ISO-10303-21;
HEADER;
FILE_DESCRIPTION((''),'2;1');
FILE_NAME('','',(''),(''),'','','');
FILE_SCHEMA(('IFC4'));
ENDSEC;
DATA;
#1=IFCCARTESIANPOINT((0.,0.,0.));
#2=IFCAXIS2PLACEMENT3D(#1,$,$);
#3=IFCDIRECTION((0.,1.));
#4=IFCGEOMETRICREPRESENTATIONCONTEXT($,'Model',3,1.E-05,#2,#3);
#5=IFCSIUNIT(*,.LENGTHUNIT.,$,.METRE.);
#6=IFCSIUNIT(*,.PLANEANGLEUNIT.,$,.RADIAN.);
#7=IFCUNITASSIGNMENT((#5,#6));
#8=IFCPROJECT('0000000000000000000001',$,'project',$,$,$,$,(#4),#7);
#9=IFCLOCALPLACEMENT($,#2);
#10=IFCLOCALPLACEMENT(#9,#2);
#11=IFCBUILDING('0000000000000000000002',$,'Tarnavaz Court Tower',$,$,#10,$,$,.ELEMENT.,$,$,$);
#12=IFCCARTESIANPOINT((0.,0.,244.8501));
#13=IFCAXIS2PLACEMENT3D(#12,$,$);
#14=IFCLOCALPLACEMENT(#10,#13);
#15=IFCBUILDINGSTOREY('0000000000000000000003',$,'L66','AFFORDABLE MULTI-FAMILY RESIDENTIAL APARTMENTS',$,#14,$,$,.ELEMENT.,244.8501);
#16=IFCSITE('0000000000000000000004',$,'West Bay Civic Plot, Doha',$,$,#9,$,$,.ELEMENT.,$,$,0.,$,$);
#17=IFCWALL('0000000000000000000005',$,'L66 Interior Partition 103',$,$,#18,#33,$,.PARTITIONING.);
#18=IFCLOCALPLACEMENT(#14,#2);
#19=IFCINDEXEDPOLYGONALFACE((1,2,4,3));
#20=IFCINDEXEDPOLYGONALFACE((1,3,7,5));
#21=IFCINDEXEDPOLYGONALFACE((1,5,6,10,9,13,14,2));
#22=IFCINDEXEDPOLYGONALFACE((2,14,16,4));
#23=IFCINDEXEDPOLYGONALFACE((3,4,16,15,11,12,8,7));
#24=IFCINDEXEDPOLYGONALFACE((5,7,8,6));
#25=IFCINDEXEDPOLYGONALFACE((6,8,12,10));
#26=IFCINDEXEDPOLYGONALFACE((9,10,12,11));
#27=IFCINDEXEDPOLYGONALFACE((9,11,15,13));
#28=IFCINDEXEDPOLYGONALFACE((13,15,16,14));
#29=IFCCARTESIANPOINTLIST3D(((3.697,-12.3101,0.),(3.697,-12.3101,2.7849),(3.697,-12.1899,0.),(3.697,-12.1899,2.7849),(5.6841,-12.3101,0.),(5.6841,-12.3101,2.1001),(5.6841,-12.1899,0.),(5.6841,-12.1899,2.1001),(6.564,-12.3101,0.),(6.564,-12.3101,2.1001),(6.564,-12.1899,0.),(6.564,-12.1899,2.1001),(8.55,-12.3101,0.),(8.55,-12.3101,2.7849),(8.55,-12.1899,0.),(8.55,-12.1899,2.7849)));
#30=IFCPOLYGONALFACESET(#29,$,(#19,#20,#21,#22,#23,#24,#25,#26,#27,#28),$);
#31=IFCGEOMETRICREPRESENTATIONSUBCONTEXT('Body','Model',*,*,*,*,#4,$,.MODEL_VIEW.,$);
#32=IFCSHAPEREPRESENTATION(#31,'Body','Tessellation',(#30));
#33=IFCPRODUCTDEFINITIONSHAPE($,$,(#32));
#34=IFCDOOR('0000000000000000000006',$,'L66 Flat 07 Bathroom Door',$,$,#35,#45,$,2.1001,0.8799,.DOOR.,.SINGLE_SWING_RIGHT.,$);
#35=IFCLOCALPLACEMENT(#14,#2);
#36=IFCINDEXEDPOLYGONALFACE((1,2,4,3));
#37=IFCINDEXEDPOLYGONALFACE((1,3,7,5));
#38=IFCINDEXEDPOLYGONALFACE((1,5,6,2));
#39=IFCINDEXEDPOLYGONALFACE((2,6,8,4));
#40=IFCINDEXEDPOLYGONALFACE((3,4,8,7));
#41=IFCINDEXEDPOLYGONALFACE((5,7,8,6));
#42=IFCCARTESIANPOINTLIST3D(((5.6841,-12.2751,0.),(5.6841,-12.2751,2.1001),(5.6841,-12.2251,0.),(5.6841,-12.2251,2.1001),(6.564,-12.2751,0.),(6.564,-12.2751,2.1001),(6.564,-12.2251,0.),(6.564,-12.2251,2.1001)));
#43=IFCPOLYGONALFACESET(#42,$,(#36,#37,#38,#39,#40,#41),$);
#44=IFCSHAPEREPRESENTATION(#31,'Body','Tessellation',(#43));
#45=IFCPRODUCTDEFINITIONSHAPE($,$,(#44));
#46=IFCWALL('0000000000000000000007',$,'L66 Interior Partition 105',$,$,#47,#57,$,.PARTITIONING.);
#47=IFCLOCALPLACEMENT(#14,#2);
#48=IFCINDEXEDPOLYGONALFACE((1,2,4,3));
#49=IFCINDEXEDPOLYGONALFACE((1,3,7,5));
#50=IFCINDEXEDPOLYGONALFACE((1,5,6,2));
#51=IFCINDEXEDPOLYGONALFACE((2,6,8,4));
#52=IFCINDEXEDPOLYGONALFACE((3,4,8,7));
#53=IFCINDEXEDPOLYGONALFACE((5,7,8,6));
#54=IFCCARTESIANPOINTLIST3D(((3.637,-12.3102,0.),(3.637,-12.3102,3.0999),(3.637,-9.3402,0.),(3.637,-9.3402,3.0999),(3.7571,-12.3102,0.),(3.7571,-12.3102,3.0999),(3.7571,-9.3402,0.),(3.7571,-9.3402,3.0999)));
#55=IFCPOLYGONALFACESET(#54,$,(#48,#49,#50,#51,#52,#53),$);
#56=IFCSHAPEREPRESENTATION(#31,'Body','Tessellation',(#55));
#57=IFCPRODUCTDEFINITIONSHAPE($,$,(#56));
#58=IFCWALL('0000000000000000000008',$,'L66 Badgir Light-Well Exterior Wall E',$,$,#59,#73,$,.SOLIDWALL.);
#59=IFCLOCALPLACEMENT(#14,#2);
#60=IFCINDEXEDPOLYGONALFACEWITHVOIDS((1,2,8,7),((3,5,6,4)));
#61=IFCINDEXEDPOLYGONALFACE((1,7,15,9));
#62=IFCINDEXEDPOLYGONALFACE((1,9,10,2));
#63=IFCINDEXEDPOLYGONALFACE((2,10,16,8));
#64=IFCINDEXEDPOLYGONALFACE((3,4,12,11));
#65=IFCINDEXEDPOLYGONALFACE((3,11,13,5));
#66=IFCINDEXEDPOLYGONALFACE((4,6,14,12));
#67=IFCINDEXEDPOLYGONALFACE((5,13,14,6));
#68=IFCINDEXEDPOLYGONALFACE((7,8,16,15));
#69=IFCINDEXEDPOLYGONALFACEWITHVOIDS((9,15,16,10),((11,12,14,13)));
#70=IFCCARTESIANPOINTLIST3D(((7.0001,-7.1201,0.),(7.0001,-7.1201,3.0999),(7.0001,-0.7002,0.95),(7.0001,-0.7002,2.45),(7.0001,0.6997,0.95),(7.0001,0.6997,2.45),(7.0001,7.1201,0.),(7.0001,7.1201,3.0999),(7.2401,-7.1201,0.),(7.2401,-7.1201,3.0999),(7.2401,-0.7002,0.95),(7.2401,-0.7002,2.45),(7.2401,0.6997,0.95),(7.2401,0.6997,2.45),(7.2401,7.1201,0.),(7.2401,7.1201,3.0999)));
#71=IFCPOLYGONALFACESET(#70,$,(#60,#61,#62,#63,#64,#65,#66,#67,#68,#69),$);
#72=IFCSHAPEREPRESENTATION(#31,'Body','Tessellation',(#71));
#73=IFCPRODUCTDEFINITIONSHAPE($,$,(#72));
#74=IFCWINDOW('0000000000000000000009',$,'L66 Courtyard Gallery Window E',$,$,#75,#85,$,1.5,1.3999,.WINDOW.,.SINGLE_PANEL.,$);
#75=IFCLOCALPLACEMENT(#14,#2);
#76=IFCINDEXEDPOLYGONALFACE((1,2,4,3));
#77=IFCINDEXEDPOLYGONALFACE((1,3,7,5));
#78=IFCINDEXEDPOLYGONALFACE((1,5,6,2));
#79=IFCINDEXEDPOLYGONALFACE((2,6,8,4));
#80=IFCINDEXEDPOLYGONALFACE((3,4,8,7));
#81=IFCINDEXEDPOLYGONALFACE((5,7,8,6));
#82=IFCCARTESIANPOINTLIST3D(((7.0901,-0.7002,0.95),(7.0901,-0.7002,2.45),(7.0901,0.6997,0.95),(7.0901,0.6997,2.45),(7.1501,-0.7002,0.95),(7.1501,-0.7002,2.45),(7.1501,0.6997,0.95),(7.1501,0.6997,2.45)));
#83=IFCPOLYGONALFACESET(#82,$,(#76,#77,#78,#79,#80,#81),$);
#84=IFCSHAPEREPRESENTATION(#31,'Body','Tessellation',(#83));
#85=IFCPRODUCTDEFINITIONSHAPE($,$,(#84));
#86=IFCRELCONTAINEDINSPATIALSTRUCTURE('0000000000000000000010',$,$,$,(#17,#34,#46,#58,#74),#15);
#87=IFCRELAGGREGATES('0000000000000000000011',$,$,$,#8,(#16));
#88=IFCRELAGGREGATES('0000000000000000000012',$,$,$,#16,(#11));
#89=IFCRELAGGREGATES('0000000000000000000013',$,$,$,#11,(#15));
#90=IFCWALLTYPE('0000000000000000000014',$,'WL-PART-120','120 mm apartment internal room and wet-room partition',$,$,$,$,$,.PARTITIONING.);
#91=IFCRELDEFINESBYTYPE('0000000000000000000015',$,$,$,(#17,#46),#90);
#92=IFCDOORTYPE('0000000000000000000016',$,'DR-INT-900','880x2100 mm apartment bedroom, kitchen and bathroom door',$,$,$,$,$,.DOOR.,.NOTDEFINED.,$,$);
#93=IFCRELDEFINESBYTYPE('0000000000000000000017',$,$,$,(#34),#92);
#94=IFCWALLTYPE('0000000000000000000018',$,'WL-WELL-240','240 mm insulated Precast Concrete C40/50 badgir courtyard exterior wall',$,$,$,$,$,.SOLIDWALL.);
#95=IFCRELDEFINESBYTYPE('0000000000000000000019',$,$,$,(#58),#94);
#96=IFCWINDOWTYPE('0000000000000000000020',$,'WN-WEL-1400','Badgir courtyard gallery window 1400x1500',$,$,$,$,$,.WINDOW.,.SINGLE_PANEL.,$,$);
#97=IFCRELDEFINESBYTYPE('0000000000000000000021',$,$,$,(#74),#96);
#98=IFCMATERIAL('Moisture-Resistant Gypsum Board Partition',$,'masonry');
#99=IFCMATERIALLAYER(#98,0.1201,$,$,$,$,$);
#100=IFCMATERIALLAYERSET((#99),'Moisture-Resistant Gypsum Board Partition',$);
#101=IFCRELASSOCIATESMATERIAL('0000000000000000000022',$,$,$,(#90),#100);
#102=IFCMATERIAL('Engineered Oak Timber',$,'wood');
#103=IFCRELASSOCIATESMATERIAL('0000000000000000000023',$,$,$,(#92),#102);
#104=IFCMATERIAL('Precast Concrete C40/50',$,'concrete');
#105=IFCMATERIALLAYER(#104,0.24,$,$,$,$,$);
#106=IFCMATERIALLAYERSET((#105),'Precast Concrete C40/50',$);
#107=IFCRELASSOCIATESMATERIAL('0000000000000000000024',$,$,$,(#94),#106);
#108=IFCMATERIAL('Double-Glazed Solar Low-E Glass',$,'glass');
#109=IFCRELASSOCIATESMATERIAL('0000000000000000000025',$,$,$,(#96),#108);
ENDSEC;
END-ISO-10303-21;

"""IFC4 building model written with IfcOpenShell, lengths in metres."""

from ifc_helpers import new_model, si_unit, direction, frame, frame_2d, origin, place, context, subcontext, project, spatial, rectangle, extrude, material, layer, layer_set, type_object, element, fill, save


model = new_model("IFC4")

# Units and contexts
model_context = context("Model", 3, precision=1e-05, world=origin(), true_north=direction((0.0, 1.0)))
body_context = subcontext(model_context, "Body", "Model", "MODEL_VIEW")
ifc_project = project(units=[si_unit("LENGTHUNIT", "METRE"), si_unit("PLANEANGLEUNIT", "RADIAN")], contexts=[model_context])

# Site, building, storey
site_placement = place(None, origin())
site = spatial("IfcSite", under=ifc_project, at=site_placement, Name="West Bay Civic Plot, Doha", CompositionType="ELEMENT", RefElevation=0.0)
building_placement = place(site_placement, origin())
building = spatial("IfcBuilding", under=site, at=building_placement, Name="Tarnavaz Court Tower", CompositionType="ELEMENT")
storey_placement = place(building_placement, frame((0.0, 0.0, 244.8501)))
storey = spatial("IfcBuildingStorey", under=building, at=storey_placement, Name="L66", Description="AFFORDABLE MULTI-FAMILY RESIDENTIAL APARTMENTS", CompositionType="ELEMENT", Elevation=244.8501)

# Shared definitions
ifc_material_1 = material(Name="Moisture-Resistant Gypsum Board Partition", Category="masonry")
ifc_layer_1 = layer(ifc_material_1, 0.1201)
ifc_layer_set_1 = layer_set([ifc_layer_1], Name="Moisture-Resistant Gypsum Board Partition")
wall_type_1 = type_object("IfcWallType", Name="WL-PART-120", Description="120 mm apartment internal room and wet-room partition", PredefinedType="PARTITIONING", material=ifc_layer_set_1)
ifc_material_2 = material(Name="Engineered Oak Timber", Category="wood")
door_type_1 = type_object("IfcDoorType", Name="DR-INT-900", Description="880x2100 mm apartment bedroom, kitchen and bathroom door", OperationType="NOTDEFINED", PredefinedType="DOOR", material=ifc_material_2)

# Wall, opening, door
wall_1_placement = place(storey_placement, frame((3.697, -12.25, 0.0), z_axis=(0.0, 0.0, 1.0), x_axis=(1.0, 0.0, 0.0)))
wall_1 = element("IfcWall", 1, at=wall_1_placement, inside=storey, type_object=wall_type_1, Name="L66 Interior Partition 103", PredefinedType="PARTITIONING", context=body_context, shape_type="SweptSolid", body=[
    extrude(rectangle(XDim=4.853, YDim=0.1201, at=frame_2d((2.4265, 0.0))), origin(), (0.0, 0.0, 1.0), 2.7849),
])
opening_1_placement = place(wall_1_placement, frame((1.9871, 0.0, 0.0)))
opening_1 = element("IfcOpeningElement", 2, at=opening_1_placement, cuts=wall_1, PredefinedType="OPENING", context=body_context, shape_type="SweptSolid", body=[
    extrude(rectangle(XDim=0.8799, YDim=2.1001, at=frame_2d((0.4399, 1.05))), frame((0.0, 0.0701, 0.0), z_axis=(0.0, -1.0, 0.0), x_axis=(1.0, 0.0, 0.0)), (0.0, 0.0, 1.0), 0.1401),
])
door_1_placement = place(opening_1_placement, origin())
door_1 = element("IfcDoor", 3, at=door_1_placement, inside=storey, type_object=door_type_1, Name="L66 Flat 07 Bathroom Door", OperationType="SINGLE_SWING_RIGHT", OverallHeight=2.1001, OverallWidth=0.8799, PredefinedType="DOOR", context=body_context, shape_type="SweptSolid", body=[
    extrude(rectangle(XDim=0.8799, YDim=2.1001, at=frame_2d((0.4399, 1.05))), frame((0.0, 0.0249, 0.0), z_axis=(0.0, -1.0, 0.0), x_axis=(1.0, 0.0, 0.0)), (0.0, 0.0, 1.0), 0.05),
])
fill(opening_1, door_1)

# Wall
wall_2_placement = place(storey_placement, frame((3.697, -12.3101, 0.0), z_axis=(0.0, 0.0, 1.0), x_axis=(0.0, 1.0, 0.0)))
element("IfcWall", 4, at=wall_2_placement, inside=storey, type_object=wall_type_1, Name="L66 Interior Partition 105", PredefinedType="PARTITIONING", context=body_context, shape_type="SweptSolid", body=[
    extrude(rectangle(XDim=2.97, YDim=0.1201, at=frame_2d((1.4849, 0.0))), origin(), (0.0, 0.0, 1.0), 3.0999),
])

# Wall, opening, window
ifc_material_3 = material(Name="Precast Concrete C40/50", Category="concrete")
ifc_layer_2 = layer(ifc_material_3, 0.24)
ifc_layer_set_2 = layer_set([ifc_layer_2], Name="Precast Concrete C40/50")
wall_type_2 = type_object("IfcWallType", Name="WL-WELL-240", Description="240 mm insulated Precast Concrete C40/50 badgir courtyard exterior wall", PredefinedType="SOLIDWALL", material=ifc_layer_set_2)
wall_3_placement = place(storey_placement, frame((7.1201, -7.1201, 0.0), z_axis=(0.0, 0.0, 1.0), x_axis=(0.0, 1.0, 0.0)))
wall_3 = element("IfcWall", 5, at=wall_3_placement, inside=storey, type_object=wall_type_2, Name="L66 Badgir Light-Well Exterior Wall E", PredefinedType="SOLIDWALL", context=body_context, shape_type="SweptSolid", body=[
    extrude(rectangle(XDim=14.2402, YDim=0.24, at=frame_2d((7.1201, 0.0))), origin(), (0.0, 0.0, 1.0), 3.0999),
])
opening_2_placement = place(wall_3_placement, frame((6.4199, 0.0, 0.95)))
opening_2 = element("IfcOpeningElement", 6, at=opening_2_placement, cuts=wall_3, PredefinedType="OPENING", context=body_context, shape_type="SweptSolid", body=[
    extrude(rectangle(XDim=1.3999, YDim=1.5, at=frame_2d((0.7, 0.75))), frame((0.0, 0.1299, 0.0), z_axis=(0.0, -1.0, 0.0), x_axis=(1.0, 0.0, 0.0)), (0.0, 0.0, 1.0), 0.26),
])
ifc_material_4 = material(Name="Double-Glazed Solar Low-E Glass", Category="glass")
window_type = type_object("IfcWindowType", Name="WN-WEL-1400", Description="Badgir courtyard gallery window 1400x1500", PartitioningType="SINGLE_PANEL", PredefinedType="WINDOW", material=ifc_material_4)
window_placement = place(opening_2_placement, origin())
window = element("IfcWindow", 7, at=window_placement, inside=storey, type_object=window_type, Name="L66 Courtyard Gallery Window E", OverallHeight=1.5, OverallWidth=1.3999, PartitioningType="SINGLE_PANEL", PredefinedType="WINDOW", context=body_context, shape_type="SweptSolid", body=[
    extrude(rectangle(XDim=1.3999, YDim=1.5, at=frame_2d((0.7, 0.75))), frame((0.0, 0.03, 0.0), z_axis=(0.0, -1.0, 0.0), x_axis=(1.0, 0.0, 0.0)), (0.0, 0.0, 1.0), 0.0601),
])
fill(opening_2, window)

save(model, "model.ifc")
